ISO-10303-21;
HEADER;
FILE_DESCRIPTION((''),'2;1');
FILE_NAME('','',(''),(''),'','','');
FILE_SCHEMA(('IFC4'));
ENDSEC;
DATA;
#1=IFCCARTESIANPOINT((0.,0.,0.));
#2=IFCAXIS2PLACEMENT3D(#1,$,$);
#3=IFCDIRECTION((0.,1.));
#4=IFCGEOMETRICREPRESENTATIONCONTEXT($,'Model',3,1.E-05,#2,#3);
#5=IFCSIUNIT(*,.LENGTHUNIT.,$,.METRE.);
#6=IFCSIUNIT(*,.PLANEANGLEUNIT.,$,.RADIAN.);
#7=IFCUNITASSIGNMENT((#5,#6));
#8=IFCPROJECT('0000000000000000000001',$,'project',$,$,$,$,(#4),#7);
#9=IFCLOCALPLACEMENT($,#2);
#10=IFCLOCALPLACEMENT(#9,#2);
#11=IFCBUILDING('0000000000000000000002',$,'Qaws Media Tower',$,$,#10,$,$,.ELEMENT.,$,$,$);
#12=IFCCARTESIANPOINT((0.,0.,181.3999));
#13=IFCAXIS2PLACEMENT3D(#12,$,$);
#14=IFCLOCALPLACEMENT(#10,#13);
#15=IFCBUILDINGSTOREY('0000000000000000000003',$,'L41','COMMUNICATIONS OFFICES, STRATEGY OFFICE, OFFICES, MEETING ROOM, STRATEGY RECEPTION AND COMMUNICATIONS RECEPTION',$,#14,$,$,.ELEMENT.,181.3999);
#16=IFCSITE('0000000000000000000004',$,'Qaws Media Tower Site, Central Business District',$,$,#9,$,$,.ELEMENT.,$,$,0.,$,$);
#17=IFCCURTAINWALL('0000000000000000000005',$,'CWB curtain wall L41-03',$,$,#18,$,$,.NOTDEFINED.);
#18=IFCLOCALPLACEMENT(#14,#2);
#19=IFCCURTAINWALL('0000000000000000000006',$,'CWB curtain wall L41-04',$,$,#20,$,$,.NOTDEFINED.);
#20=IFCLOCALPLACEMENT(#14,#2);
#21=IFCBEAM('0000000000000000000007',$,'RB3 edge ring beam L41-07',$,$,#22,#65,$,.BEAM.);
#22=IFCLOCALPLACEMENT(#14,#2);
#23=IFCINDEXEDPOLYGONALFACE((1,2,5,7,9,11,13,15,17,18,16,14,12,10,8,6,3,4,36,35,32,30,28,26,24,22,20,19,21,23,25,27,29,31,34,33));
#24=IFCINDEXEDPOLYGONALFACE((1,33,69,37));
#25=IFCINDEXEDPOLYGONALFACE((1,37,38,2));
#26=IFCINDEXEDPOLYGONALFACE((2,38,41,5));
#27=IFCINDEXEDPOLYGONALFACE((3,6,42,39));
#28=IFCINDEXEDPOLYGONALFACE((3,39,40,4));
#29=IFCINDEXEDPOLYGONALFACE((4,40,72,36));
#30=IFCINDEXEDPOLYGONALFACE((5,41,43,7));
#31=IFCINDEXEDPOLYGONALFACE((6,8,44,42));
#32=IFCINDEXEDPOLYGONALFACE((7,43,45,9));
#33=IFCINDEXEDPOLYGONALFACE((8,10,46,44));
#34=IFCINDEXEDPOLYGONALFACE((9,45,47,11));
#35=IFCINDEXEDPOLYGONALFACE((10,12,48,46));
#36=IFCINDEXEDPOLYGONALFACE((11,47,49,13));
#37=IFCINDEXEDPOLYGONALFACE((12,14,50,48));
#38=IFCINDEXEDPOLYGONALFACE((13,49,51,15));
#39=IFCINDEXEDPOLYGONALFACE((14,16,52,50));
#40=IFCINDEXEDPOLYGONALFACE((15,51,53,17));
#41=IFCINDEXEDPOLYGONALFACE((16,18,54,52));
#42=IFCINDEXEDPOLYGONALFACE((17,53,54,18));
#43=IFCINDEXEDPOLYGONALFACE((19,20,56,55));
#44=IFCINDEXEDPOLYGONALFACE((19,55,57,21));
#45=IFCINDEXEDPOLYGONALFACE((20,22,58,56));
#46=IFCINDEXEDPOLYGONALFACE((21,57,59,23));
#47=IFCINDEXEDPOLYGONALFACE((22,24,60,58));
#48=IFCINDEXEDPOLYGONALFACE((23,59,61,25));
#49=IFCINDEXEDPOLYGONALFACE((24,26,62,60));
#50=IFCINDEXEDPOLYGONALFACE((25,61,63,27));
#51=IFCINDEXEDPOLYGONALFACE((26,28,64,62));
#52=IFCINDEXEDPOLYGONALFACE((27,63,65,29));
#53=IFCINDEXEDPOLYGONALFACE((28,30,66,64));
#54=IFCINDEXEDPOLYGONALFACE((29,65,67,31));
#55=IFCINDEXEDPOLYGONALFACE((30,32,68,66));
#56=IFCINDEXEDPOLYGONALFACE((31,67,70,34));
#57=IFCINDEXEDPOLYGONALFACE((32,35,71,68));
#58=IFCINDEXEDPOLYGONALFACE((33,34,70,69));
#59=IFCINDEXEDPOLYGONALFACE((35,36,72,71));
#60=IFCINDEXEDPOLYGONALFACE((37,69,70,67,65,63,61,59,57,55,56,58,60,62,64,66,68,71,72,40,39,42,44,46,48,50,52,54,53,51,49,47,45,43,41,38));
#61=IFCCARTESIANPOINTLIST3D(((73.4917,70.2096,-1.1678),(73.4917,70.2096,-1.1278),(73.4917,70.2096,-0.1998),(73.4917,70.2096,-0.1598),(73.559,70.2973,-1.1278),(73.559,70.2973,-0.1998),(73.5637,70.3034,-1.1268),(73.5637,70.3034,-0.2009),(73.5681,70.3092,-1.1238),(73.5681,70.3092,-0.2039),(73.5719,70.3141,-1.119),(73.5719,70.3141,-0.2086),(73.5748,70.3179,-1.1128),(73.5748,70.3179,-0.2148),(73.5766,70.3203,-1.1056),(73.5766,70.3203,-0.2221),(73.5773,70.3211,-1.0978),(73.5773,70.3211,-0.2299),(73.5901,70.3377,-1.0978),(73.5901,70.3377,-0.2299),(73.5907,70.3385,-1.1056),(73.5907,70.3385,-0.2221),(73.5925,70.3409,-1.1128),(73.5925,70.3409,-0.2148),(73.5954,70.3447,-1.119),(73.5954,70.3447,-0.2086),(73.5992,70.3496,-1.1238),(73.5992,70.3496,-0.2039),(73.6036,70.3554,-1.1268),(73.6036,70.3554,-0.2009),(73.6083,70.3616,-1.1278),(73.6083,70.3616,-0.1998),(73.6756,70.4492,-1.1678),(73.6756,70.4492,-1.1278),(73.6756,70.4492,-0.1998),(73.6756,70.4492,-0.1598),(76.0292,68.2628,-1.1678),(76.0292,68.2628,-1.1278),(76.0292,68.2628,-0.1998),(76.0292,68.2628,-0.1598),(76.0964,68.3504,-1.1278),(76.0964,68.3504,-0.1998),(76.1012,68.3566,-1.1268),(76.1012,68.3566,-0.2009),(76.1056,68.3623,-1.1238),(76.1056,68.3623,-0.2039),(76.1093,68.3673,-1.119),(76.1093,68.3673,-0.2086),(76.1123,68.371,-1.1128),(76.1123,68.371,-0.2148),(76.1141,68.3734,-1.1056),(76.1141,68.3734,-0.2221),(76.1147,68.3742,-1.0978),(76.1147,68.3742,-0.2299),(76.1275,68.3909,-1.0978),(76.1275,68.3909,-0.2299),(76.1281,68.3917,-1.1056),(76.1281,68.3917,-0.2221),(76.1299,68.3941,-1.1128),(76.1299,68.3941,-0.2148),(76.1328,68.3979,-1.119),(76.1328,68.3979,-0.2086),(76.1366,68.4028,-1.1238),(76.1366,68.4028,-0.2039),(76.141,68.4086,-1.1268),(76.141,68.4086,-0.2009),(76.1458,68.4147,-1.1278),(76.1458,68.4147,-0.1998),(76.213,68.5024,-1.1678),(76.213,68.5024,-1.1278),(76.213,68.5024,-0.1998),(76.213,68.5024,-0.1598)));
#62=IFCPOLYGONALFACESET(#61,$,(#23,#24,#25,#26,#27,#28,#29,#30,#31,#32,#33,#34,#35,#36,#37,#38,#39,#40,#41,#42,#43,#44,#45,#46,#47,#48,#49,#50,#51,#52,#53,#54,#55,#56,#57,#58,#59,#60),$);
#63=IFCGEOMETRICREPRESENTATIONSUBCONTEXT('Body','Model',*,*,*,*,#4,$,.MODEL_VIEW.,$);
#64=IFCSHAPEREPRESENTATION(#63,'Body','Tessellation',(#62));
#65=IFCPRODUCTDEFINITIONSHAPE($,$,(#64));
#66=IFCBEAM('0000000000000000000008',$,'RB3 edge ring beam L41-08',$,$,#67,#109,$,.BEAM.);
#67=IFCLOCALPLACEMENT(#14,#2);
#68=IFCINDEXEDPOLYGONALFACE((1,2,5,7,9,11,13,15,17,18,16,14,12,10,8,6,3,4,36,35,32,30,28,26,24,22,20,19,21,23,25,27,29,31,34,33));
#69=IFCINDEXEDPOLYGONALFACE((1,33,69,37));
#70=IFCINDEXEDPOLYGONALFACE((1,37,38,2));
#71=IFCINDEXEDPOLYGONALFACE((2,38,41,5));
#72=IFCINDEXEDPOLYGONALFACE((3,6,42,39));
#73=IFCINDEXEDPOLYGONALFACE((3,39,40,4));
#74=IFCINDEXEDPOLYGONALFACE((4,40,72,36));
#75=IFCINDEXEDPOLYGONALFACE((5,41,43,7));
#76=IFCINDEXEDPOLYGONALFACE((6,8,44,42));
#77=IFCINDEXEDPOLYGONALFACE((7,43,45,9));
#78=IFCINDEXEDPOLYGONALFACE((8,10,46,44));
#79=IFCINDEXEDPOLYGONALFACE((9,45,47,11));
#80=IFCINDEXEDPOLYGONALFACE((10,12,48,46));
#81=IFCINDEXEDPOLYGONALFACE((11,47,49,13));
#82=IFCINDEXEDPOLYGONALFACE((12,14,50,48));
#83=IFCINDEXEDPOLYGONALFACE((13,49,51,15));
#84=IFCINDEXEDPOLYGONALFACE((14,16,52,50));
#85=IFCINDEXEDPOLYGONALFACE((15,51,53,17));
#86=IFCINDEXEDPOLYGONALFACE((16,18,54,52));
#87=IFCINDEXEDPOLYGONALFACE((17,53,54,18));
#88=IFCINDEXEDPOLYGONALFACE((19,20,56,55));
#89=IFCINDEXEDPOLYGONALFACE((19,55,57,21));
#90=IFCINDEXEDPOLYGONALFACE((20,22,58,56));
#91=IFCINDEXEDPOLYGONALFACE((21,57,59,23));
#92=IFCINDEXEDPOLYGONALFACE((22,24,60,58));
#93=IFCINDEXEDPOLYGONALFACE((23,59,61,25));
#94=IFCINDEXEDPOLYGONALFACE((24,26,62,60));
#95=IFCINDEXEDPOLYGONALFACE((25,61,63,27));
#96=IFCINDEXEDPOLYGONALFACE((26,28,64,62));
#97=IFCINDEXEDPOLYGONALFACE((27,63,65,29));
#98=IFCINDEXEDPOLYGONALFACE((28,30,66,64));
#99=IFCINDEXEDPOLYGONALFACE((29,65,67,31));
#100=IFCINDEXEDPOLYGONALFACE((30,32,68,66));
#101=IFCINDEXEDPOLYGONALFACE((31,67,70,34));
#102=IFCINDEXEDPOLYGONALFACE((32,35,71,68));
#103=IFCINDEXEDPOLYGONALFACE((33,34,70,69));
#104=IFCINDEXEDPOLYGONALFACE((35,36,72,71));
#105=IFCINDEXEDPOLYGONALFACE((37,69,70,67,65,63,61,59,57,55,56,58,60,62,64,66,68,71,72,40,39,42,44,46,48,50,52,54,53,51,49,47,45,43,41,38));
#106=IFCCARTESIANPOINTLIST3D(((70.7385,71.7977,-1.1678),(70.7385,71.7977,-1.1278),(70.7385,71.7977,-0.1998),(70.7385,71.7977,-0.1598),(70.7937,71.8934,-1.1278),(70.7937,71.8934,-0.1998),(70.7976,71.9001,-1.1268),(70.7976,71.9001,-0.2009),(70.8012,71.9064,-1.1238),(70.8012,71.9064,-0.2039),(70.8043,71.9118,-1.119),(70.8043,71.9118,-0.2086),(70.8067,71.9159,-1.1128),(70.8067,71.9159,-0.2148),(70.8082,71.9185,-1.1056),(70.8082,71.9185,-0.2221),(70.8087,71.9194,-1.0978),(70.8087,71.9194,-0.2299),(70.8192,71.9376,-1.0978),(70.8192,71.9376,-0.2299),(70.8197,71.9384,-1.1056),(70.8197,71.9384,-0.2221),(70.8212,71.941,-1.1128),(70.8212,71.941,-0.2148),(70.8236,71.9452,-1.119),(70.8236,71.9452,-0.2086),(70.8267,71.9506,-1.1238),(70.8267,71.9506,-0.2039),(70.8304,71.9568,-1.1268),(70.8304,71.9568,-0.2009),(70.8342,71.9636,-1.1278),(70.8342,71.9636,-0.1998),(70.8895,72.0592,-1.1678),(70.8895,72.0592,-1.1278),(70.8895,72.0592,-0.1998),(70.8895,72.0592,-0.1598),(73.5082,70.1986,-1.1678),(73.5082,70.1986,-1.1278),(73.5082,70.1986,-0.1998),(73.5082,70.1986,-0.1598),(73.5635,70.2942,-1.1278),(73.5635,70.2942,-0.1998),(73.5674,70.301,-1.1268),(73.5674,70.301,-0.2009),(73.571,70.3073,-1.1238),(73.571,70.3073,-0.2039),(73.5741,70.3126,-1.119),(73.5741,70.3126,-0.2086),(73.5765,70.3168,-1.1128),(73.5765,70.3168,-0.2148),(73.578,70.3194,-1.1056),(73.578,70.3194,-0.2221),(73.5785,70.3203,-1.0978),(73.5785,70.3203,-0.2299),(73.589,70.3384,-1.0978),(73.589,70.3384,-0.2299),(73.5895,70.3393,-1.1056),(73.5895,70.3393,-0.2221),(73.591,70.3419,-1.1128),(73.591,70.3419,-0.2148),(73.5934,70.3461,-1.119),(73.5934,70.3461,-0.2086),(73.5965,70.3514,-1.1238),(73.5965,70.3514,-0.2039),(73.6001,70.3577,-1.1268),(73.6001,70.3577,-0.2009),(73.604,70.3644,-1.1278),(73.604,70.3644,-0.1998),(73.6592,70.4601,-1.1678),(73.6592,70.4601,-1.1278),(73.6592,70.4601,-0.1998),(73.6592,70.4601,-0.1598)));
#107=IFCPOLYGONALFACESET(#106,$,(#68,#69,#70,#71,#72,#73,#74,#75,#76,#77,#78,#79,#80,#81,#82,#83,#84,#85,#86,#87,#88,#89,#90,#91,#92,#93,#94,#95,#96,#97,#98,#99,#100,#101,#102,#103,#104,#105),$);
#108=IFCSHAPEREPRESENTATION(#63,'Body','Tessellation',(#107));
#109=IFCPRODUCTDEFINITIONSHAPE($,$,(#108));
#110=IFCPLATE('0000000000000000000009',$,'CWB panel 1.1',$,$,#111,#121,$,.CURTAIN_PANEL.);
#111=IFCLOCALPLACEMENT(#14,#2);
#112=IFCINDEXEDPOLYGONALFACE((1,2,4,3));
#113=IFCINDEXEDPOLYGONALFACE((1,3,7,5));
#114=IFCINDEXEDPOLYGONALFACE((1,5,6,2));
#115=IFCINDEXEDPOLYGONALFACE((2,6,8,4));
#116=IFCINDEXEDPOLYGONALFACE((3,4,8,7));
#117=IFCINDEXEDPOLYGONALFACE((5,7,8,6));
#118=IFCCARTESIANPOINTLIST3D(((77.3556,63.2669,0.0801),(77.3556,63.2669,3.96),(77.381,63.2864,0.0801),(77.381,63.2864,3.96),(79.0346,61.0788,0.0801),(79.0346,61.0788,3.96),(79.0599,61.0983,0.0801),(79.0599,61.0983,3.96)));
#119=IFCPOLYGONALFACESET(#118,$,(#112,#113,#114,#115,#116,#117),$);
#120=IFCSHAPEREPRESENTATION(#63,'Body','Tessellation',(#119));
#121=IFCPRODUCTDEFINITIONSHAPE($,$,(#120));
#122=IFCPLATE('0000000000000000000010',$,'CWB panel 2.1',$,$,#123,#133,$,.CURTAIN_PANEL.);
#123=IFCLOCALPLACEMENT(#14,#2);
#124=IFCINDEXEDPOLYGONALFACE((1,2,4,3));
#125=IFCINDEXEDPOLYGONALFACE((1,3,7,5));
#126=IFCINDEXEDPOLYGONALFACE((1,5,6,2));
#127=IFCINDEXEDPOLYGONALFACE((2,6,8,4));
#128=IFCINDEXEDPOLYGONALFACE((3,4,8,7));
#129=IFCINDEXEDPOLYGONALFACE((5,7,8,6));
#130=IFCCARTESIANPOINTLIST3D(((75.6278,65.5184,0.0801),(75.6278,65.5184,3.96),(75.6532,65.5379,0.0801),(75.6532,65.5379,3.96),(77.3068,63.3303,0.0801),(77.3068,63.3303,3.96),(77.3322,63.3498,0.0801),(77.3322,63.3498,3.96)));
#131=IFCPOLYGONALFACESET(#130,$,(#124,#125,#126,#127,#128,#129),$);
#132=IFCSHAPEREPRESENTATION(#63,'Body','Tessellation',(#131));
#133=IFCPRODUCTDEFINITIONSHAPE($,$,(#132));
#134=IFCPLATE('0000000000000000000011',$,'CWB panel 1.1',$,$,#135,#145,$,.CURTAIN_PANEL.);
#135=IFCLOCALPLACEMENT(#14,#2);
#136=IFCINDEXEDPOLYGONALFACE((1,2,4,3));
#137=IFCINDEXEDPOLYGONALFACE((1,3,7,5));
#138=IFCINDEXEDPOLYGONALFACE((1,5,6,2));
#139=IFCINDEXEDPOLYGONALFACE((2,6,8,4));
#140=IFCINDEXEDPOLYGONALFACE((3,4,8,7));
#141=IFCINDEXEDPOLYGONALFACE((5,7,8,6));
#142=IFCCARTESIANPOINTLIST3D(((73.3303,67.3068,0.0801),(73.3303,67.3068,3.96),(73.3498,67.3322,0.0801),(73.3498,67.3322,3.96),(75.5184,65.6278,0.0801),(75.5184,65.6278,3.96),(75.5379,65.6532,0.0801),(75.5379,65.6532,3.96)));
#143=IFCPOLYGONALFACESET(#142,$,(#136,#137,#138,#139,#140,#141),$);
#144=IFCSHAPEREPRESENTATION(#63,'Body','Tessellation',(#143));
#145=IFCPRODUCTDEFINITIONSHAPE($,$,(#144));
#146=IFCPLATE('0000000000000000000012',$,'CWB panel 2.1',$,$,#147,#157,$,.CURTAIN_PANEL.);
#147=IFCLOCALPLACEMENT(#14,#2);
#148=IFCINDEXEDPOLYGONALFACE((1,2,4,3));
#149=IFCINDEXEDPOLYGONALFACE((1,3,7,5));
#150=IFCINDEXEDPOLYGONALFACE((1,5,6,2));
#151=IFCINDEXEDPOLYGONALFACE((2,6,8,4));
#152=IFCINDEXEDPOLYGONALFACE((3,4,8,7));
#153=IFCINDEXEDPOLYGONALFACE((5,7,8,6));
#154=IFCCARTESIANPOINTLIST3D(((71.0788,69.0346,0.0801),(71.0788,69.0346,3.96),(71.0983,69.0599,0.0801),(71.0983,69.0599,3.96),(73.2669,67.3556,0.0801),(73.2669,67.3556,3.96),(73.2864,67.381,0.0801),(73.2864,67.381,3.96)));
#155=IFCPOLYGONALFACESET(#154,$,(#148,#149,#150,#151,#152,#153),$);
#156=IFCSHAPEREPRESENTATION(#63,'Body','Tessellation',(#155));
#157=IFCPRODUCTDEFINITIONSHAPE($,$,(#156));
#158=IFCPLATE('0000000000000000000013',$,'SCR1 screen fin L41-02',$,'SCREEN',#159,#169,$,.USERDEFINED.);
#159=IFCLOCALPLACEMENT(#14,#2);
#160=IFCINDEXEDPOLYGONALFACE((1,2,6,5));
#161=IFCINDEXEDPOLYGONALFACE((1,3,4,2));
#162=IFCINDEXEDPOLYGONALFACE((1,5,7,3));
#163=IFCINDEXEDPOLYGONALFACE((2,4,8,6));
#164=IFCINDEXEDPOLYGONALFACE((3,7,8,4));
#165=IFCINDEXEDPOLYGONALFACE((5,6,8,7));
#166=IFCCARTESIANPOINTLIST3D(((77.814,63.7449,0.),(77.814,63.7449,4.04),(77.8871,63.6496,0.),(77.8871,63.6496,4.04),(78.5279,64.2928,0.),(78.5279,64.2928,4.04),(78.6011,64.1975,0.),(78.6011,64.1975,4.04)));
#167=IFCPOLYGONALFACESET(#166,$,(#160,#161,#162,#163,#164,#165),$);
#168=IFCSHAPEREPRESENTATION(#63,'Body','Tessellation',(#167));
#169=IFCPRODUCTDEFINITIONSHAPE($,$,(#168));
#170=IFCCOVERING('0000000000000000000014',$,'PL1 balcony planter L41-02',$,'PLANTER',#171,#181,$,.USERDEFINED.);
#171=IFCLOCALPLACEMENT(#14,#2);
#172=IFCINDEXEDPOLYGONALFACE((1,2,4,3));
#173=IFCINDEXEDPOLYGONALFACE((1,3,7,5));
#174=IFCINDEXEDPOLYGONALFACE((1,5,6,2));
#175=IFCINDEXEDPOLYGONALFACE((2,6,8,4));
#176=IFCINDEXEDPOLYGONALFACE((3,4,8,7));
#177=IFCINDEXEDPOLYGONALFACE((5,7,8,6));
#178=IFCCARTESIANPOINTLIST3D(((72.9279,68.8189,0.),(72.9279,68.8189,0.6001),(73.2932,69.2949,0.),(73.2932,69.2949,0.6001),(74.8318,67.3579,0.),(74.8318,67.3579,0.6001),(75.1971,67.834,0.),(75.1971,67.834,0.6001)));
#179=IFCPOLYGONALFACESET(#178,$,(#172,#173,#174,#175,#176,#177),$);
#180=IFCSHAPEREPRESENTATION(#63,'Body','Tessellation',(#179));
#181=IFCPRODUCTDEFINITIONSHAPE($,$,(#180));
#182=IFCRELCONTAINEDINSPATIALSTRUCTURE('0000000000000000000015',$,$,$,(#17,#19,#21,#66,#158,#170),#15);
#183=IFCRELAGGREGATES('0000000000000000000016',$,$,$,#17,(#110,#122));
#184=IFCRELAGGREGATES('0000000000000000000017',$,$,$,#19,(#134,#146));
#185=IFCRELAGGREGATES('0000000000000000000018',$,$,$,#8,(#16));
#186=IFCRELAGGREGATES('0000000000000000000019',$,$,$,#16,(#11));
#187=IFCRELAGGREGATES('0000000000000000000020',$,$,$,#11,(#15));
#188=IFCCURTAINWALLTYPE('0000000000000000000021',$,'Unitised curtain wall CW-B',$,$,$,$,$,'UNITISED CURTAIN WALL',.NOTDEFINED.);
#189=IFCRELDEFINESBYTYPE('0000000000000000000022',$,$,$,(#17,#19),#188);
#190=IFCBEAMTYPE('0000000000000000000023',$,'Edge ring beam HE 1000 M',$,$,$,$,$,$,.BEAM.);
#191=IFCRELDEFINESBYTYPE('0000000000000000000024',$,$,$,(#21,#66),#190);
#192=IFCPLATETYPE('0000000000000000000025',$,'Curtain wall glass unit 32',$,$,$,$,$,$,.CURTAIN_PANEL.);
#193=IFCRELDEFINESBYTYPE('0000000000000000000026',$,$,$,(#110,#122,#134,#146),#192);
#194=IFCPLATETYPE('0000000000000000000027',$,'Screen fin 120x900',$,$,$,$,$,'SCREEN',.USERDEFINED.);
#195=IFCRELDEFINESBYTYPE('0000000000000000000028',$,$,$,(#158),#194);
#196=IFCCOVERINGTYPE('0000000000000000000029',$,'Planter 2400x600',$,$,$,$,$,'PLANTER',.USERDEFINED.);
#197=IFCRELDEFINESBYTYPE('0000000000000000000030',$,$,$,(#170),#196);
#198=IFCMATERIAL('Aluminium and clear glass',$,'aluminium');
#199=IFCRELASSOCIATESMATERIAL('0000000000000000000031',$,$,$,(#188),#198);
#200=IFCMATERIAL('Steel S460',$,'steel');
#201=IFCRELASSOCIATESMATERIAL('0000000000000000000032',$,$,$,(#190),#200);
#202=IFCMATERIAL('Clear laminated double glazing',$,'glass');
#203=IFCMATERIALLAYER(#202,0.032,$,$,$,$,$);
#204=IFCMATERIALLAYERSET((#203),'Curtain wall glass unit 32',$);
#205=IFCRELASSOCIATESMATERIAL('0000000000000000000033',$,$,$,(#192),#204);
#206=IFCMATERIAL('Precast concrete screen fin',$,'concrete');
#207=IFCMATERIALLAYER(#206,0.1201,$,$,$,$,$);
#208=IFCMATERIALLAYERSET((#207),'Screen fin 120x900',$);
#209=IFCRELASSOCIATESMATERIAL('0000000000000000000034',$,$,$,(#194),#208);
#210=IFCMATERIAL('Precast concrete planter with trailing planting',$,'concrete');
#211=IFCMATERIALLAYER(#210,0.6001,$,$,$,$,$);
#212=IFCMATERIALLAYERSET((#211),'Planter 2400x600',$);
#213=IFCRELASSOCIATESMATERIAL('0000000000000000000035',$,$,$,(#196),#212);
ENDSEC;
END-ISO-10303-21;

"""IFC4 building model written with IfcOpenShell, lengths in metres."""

from ifc_helpers import new_model, si_unit, direction, frame, origin, origin_2d, place, context, subcontext, project, spatial, rectangle, i_section, extrude, material, layer, layer_set, material_profile, profile_set, type_object, element, aggregate, save


model = new_model("IFC4")

# Units and contexts
model_context = context("Model", 3, precision=1e-05, world=origin(), true_north=direction((0.0, 1.0)))
body_context = subcontext(model_context, "Body", "Model", "MODEL_VIEW")
ifc_project = project(units=[si_unit("LENGTHUNIT", "METRE"), si_unit("PLANEANGLEUNIT", "RADIAN")], contexts=[model_context])

# Site, building, storey
site_placement = place(None, origin())
site = spatial("IfcSite", under=ifc_project, at=site_placement, Name="Qaws Media Tower Site, Central Business District", CompositionType="ELEMENT", RefElevation=0.0)
building_placement = place(site_placement, origin())
building = spatial("IfcBuilding", under=site, at=building_placement, Name="Qaws Media Tower", CompositionType="ELEMENT")
storey_placement = place(building_placement, frame((0.0, 0.0, 181.3999)))
storey = spatial("IfcBuildingStorey", under=building, at=storey_placement, Name="L41", Description="COMMUNICATIONS OFFICES, STRATEGY OFFICE, OFFICES, MEETING ROOM, STRATEGY RECEPTION AND COMMUNICATIONS RECEPTION", CompositionType="ELEMENT", Elevation=181.3999)

# Shared definitions
ifc_material_1 = material(Name="Aluminium and clear glass", Category="aluminium")
curtain_wall_type = type_object("IfcCurtainWallType", Name="Unitised curtain wall CW-B", ElementType="UNITISED CURTAIN WALL", PredefinedType="NOTDEFINED", material=ifc_material_1)

# Curtain walls
curtain_wall_1_placement = place(storey_placement, origin())
curtain_wall_1 = element("IfcCurtainWall", 1, at=curtain_wall_1_placement, inside=storey, type_object=curtain_wall_type, Name="CWB curtain wall L41-03", PredefinedType="NOTDEFINED")
curtain_wall_2_placement = place(storey_placement, origin())
curtain_wall_2 = element("IfcCurtainWall", 2, at=curtain_wall_2_placement, inside=storey, type_object=curtain_wall_type, Name="CWB curtain wall L41-04", PredefinedType="NOTDEFINED")

# Beams
ifc_material_2 = material(Name="Steel S460", Category="steel")
ifc_material_profile_1 = material_profile(ifc_material_2, i_section(OverallWidth=0.302, OverallDepth=1.0081, WebThickness=0.021, FlangeThickness=0.04, FilletRadius=0.03, at=origin_2d()), Name="HE 1000 M")
ifc_profile_set_1 = profile_set([ifc_material_profile_1], Name="Steel S460")
beam_type = type_object("IfcBeamType", Name="Edge ring beam HE 1000 M", PredefinedType="BEAM", material=ifc_profile_set_1)
for number, where, z_axis, x_axis, name in (
    (3, (76.1211, 68.3826, -0.6638), (-0.793384, 0.608722, 0.0), (-0.608722, -0.793384, 0.0), "RB3 edge ring beam L41-07"),
    (4, (73.5837, 70.3293, -0.6638), (-0.866027, 0.499998, 0.0), (-0.499998, -0.866027, 0.0), "RB3 edge ring beam L41-08"),
):
    element("IfcBeam", number, at=place(storey_placement, frame(where, z_axis=z_axis, x_axis=x_axis)), inside=storey, type_object=beam_type, Name=name, PredefinedType="BEAM", context=body_context, shape_type="SweptSolid", body=[
        extrude(i_section(OverallWidth=0.302, OverallDepth=1.0081, WebThickness=0.021, FlangeThickness=0.04, FilletRadius=0.03, at=origin_2d()), origin(), (0.0, 0.0, 1.0), 3.1982),
    ])

# Plates
ifc_material_3 = material(Name="Clear laminated double glazing", Category="glass")
ifc_layer_1 = layer(ifc_material_3, 0.032)
ifc_layer_set_1 = layer_set([ifc_layer_1], Name="Curtain wall glass unit 32")
plate_type_1 = type_object("IfcPlateType", Name="Curtain wall glass unit 32", PredefinedType="CURTAIN_PANEL", material=ifc_layer_set_1)
plate_1_placement = place(storey_placement, frame((78.2078, 62.1826, 0.0801), z_axis=(0.0, 0.0, 1.0), x_axis=(-0.608761, 0.793353, 0.0)))
plate_1 = element("IfcPlate", 5, at=plate_1_placement, type_object=plate_type_1, Name="CWB panel 1.1", PredefinedType="CURTAIN_PANEL", context=body_context, shape_type="SweptSolid", body=[
    extrude(rectangle(XDim=2.7581, YDim=0.032, at=origin_2d()), origin(), (0.0, 0.0, 1.0), 3.8799),
])
plate_2_placement = place(storey_placement, frame((76.48, 64.4341, 0.0801), z_axis=(0.0, 0.0, 1.0), x_axis=(-0.608761, 0.793353, 0.0)))
plate_2 = element("IfcPlate", 6, at=plate_2_placement, type_object=plate_type_1, Name="CWB panel 2.1", PredefinedType="CURTAIN_PANEL", context=body_context, shape_type="SweptSolid", body=[
    extrude(rectangle(XDim=2.7581, YDim=0.032, at=origin_2d()), origin(), (0.0, 0.0, 1.0), 3.8799),
])
aggregate(curtain_wall_1, [plate_1, plate_2])
plate_3_placement = place(storey_placement, frame((74.4341, 66.48, 0.0801), z_axis=(0.0, 0.0, 1.0), x_axis=(-0.793353, 0.608761, 0.0)))
plate_3 = element("IfcPlate", 7, at=plate_3_placement, type_object=plate_type_1, Name="CWB panel 1.1", PredefinedType="CURTAIN_PANEL", context=body_context, shape_type="SweptSolid", body=[
    extrude(rectangle(XDim=2.7581, YDim=0.032, at=origin_2d()), origin(), (0.0, 0.0, 1.0), 3.8799),
])
plate_4_placement = place(storey_placement, frame((72.1826, 68.2078, 0.0801), z_axis=(0.0, 0.0, 1.0), x_axis=(-0.793353, 0.608761, 0.0)))
plate_4 = element("IfcPlate", 8, at=plate_4_placement, type_object=plate_type_1, Name="CWB panel 2.1", PredefinedType="CURTAIN_PANEL", context=body_context, shape_type="SweptSolid", body=[
    extrude(rectangle(XDim=2.7581, YDim=0.032, at=origin_2d()), origin(), (0.0, 0.0, 1.0), 3.8799),
])
aggregate(curtain_wall_2, [plate_3, plate_4])
ifc_material_4 = material(Name="Precast concrete screen fin", Category="concrete")
ifc_layer_2 = layer(ifc_material_4, 0.1201)
ifc_layer_set_2 = layer_set([ifc_layer_2], Name="Screen fin 120x900")
plate_type_2 = type_object("IfcPlateType", Name="Screen fin 120x900", ElementType="SCREEN", PredefinedType="USERDEFINED", material=ifc_layer_set_2)
plate_5_placement = place(storey_placement, frame((78.2075, 63.9712, 0.0), z_axis=(0.0, 0.0, 1.0), x_axis=(0.793353, 0.608761, 0.0)))
element("IfcPlate", 9, at=plate_5_placement, inside=storey, type_object=plate_type_2, Name="SCR1 screen fin L41-02", ObjectType="SCREEN", PredefinedType="USERDEFINED", context=body_context, shape_type="SweptSolid", body=[
    extrude(rectangle(XDim=0.8999, YDim=0.1201, at=origin_2d()), origin(), (0.0, 0.0, 1.0), 4.04),
])

# Covering
ifc_material_5 = material(Name="Precast concrete planter with trailing planting", Category="concrete")
ifc_layer_3 = layer(ifc_material_5, 0.6001)
ifc_layer_set_3 = layer_set([ifc_layer_3], Name="Planter 2400x600")
covering_type = type_object("IfcCoveringType", Name="Planter 2400x600", ElementType="PLANTER", PredefinedType="USERDEFINED", material=ifc_layer_set_3)
covering_placement = place(storey_placement, frame((74.0625, 68.3264, 0.0), z_axis=(0.0, 0.0, 1.0), x_axis=(-0.793353, 0.608761, 0.0)))
element("IfcCovering", 10, at=covering_placement, inside=storey, type_object=covering_type, Name="PL1 balcony planter L41-02", ObjectType="PLANTER", PredefinedType="USERDEFINED", context=body_context, shape_type="SweptSolid", body=[
    extrude(rectangle(XDim=2.3999, YDim=0.6001, at=origin_2d()), origin(), (0.0, 0.0, 1.0), 0.6001),
])

save(model, "model.ifc")
